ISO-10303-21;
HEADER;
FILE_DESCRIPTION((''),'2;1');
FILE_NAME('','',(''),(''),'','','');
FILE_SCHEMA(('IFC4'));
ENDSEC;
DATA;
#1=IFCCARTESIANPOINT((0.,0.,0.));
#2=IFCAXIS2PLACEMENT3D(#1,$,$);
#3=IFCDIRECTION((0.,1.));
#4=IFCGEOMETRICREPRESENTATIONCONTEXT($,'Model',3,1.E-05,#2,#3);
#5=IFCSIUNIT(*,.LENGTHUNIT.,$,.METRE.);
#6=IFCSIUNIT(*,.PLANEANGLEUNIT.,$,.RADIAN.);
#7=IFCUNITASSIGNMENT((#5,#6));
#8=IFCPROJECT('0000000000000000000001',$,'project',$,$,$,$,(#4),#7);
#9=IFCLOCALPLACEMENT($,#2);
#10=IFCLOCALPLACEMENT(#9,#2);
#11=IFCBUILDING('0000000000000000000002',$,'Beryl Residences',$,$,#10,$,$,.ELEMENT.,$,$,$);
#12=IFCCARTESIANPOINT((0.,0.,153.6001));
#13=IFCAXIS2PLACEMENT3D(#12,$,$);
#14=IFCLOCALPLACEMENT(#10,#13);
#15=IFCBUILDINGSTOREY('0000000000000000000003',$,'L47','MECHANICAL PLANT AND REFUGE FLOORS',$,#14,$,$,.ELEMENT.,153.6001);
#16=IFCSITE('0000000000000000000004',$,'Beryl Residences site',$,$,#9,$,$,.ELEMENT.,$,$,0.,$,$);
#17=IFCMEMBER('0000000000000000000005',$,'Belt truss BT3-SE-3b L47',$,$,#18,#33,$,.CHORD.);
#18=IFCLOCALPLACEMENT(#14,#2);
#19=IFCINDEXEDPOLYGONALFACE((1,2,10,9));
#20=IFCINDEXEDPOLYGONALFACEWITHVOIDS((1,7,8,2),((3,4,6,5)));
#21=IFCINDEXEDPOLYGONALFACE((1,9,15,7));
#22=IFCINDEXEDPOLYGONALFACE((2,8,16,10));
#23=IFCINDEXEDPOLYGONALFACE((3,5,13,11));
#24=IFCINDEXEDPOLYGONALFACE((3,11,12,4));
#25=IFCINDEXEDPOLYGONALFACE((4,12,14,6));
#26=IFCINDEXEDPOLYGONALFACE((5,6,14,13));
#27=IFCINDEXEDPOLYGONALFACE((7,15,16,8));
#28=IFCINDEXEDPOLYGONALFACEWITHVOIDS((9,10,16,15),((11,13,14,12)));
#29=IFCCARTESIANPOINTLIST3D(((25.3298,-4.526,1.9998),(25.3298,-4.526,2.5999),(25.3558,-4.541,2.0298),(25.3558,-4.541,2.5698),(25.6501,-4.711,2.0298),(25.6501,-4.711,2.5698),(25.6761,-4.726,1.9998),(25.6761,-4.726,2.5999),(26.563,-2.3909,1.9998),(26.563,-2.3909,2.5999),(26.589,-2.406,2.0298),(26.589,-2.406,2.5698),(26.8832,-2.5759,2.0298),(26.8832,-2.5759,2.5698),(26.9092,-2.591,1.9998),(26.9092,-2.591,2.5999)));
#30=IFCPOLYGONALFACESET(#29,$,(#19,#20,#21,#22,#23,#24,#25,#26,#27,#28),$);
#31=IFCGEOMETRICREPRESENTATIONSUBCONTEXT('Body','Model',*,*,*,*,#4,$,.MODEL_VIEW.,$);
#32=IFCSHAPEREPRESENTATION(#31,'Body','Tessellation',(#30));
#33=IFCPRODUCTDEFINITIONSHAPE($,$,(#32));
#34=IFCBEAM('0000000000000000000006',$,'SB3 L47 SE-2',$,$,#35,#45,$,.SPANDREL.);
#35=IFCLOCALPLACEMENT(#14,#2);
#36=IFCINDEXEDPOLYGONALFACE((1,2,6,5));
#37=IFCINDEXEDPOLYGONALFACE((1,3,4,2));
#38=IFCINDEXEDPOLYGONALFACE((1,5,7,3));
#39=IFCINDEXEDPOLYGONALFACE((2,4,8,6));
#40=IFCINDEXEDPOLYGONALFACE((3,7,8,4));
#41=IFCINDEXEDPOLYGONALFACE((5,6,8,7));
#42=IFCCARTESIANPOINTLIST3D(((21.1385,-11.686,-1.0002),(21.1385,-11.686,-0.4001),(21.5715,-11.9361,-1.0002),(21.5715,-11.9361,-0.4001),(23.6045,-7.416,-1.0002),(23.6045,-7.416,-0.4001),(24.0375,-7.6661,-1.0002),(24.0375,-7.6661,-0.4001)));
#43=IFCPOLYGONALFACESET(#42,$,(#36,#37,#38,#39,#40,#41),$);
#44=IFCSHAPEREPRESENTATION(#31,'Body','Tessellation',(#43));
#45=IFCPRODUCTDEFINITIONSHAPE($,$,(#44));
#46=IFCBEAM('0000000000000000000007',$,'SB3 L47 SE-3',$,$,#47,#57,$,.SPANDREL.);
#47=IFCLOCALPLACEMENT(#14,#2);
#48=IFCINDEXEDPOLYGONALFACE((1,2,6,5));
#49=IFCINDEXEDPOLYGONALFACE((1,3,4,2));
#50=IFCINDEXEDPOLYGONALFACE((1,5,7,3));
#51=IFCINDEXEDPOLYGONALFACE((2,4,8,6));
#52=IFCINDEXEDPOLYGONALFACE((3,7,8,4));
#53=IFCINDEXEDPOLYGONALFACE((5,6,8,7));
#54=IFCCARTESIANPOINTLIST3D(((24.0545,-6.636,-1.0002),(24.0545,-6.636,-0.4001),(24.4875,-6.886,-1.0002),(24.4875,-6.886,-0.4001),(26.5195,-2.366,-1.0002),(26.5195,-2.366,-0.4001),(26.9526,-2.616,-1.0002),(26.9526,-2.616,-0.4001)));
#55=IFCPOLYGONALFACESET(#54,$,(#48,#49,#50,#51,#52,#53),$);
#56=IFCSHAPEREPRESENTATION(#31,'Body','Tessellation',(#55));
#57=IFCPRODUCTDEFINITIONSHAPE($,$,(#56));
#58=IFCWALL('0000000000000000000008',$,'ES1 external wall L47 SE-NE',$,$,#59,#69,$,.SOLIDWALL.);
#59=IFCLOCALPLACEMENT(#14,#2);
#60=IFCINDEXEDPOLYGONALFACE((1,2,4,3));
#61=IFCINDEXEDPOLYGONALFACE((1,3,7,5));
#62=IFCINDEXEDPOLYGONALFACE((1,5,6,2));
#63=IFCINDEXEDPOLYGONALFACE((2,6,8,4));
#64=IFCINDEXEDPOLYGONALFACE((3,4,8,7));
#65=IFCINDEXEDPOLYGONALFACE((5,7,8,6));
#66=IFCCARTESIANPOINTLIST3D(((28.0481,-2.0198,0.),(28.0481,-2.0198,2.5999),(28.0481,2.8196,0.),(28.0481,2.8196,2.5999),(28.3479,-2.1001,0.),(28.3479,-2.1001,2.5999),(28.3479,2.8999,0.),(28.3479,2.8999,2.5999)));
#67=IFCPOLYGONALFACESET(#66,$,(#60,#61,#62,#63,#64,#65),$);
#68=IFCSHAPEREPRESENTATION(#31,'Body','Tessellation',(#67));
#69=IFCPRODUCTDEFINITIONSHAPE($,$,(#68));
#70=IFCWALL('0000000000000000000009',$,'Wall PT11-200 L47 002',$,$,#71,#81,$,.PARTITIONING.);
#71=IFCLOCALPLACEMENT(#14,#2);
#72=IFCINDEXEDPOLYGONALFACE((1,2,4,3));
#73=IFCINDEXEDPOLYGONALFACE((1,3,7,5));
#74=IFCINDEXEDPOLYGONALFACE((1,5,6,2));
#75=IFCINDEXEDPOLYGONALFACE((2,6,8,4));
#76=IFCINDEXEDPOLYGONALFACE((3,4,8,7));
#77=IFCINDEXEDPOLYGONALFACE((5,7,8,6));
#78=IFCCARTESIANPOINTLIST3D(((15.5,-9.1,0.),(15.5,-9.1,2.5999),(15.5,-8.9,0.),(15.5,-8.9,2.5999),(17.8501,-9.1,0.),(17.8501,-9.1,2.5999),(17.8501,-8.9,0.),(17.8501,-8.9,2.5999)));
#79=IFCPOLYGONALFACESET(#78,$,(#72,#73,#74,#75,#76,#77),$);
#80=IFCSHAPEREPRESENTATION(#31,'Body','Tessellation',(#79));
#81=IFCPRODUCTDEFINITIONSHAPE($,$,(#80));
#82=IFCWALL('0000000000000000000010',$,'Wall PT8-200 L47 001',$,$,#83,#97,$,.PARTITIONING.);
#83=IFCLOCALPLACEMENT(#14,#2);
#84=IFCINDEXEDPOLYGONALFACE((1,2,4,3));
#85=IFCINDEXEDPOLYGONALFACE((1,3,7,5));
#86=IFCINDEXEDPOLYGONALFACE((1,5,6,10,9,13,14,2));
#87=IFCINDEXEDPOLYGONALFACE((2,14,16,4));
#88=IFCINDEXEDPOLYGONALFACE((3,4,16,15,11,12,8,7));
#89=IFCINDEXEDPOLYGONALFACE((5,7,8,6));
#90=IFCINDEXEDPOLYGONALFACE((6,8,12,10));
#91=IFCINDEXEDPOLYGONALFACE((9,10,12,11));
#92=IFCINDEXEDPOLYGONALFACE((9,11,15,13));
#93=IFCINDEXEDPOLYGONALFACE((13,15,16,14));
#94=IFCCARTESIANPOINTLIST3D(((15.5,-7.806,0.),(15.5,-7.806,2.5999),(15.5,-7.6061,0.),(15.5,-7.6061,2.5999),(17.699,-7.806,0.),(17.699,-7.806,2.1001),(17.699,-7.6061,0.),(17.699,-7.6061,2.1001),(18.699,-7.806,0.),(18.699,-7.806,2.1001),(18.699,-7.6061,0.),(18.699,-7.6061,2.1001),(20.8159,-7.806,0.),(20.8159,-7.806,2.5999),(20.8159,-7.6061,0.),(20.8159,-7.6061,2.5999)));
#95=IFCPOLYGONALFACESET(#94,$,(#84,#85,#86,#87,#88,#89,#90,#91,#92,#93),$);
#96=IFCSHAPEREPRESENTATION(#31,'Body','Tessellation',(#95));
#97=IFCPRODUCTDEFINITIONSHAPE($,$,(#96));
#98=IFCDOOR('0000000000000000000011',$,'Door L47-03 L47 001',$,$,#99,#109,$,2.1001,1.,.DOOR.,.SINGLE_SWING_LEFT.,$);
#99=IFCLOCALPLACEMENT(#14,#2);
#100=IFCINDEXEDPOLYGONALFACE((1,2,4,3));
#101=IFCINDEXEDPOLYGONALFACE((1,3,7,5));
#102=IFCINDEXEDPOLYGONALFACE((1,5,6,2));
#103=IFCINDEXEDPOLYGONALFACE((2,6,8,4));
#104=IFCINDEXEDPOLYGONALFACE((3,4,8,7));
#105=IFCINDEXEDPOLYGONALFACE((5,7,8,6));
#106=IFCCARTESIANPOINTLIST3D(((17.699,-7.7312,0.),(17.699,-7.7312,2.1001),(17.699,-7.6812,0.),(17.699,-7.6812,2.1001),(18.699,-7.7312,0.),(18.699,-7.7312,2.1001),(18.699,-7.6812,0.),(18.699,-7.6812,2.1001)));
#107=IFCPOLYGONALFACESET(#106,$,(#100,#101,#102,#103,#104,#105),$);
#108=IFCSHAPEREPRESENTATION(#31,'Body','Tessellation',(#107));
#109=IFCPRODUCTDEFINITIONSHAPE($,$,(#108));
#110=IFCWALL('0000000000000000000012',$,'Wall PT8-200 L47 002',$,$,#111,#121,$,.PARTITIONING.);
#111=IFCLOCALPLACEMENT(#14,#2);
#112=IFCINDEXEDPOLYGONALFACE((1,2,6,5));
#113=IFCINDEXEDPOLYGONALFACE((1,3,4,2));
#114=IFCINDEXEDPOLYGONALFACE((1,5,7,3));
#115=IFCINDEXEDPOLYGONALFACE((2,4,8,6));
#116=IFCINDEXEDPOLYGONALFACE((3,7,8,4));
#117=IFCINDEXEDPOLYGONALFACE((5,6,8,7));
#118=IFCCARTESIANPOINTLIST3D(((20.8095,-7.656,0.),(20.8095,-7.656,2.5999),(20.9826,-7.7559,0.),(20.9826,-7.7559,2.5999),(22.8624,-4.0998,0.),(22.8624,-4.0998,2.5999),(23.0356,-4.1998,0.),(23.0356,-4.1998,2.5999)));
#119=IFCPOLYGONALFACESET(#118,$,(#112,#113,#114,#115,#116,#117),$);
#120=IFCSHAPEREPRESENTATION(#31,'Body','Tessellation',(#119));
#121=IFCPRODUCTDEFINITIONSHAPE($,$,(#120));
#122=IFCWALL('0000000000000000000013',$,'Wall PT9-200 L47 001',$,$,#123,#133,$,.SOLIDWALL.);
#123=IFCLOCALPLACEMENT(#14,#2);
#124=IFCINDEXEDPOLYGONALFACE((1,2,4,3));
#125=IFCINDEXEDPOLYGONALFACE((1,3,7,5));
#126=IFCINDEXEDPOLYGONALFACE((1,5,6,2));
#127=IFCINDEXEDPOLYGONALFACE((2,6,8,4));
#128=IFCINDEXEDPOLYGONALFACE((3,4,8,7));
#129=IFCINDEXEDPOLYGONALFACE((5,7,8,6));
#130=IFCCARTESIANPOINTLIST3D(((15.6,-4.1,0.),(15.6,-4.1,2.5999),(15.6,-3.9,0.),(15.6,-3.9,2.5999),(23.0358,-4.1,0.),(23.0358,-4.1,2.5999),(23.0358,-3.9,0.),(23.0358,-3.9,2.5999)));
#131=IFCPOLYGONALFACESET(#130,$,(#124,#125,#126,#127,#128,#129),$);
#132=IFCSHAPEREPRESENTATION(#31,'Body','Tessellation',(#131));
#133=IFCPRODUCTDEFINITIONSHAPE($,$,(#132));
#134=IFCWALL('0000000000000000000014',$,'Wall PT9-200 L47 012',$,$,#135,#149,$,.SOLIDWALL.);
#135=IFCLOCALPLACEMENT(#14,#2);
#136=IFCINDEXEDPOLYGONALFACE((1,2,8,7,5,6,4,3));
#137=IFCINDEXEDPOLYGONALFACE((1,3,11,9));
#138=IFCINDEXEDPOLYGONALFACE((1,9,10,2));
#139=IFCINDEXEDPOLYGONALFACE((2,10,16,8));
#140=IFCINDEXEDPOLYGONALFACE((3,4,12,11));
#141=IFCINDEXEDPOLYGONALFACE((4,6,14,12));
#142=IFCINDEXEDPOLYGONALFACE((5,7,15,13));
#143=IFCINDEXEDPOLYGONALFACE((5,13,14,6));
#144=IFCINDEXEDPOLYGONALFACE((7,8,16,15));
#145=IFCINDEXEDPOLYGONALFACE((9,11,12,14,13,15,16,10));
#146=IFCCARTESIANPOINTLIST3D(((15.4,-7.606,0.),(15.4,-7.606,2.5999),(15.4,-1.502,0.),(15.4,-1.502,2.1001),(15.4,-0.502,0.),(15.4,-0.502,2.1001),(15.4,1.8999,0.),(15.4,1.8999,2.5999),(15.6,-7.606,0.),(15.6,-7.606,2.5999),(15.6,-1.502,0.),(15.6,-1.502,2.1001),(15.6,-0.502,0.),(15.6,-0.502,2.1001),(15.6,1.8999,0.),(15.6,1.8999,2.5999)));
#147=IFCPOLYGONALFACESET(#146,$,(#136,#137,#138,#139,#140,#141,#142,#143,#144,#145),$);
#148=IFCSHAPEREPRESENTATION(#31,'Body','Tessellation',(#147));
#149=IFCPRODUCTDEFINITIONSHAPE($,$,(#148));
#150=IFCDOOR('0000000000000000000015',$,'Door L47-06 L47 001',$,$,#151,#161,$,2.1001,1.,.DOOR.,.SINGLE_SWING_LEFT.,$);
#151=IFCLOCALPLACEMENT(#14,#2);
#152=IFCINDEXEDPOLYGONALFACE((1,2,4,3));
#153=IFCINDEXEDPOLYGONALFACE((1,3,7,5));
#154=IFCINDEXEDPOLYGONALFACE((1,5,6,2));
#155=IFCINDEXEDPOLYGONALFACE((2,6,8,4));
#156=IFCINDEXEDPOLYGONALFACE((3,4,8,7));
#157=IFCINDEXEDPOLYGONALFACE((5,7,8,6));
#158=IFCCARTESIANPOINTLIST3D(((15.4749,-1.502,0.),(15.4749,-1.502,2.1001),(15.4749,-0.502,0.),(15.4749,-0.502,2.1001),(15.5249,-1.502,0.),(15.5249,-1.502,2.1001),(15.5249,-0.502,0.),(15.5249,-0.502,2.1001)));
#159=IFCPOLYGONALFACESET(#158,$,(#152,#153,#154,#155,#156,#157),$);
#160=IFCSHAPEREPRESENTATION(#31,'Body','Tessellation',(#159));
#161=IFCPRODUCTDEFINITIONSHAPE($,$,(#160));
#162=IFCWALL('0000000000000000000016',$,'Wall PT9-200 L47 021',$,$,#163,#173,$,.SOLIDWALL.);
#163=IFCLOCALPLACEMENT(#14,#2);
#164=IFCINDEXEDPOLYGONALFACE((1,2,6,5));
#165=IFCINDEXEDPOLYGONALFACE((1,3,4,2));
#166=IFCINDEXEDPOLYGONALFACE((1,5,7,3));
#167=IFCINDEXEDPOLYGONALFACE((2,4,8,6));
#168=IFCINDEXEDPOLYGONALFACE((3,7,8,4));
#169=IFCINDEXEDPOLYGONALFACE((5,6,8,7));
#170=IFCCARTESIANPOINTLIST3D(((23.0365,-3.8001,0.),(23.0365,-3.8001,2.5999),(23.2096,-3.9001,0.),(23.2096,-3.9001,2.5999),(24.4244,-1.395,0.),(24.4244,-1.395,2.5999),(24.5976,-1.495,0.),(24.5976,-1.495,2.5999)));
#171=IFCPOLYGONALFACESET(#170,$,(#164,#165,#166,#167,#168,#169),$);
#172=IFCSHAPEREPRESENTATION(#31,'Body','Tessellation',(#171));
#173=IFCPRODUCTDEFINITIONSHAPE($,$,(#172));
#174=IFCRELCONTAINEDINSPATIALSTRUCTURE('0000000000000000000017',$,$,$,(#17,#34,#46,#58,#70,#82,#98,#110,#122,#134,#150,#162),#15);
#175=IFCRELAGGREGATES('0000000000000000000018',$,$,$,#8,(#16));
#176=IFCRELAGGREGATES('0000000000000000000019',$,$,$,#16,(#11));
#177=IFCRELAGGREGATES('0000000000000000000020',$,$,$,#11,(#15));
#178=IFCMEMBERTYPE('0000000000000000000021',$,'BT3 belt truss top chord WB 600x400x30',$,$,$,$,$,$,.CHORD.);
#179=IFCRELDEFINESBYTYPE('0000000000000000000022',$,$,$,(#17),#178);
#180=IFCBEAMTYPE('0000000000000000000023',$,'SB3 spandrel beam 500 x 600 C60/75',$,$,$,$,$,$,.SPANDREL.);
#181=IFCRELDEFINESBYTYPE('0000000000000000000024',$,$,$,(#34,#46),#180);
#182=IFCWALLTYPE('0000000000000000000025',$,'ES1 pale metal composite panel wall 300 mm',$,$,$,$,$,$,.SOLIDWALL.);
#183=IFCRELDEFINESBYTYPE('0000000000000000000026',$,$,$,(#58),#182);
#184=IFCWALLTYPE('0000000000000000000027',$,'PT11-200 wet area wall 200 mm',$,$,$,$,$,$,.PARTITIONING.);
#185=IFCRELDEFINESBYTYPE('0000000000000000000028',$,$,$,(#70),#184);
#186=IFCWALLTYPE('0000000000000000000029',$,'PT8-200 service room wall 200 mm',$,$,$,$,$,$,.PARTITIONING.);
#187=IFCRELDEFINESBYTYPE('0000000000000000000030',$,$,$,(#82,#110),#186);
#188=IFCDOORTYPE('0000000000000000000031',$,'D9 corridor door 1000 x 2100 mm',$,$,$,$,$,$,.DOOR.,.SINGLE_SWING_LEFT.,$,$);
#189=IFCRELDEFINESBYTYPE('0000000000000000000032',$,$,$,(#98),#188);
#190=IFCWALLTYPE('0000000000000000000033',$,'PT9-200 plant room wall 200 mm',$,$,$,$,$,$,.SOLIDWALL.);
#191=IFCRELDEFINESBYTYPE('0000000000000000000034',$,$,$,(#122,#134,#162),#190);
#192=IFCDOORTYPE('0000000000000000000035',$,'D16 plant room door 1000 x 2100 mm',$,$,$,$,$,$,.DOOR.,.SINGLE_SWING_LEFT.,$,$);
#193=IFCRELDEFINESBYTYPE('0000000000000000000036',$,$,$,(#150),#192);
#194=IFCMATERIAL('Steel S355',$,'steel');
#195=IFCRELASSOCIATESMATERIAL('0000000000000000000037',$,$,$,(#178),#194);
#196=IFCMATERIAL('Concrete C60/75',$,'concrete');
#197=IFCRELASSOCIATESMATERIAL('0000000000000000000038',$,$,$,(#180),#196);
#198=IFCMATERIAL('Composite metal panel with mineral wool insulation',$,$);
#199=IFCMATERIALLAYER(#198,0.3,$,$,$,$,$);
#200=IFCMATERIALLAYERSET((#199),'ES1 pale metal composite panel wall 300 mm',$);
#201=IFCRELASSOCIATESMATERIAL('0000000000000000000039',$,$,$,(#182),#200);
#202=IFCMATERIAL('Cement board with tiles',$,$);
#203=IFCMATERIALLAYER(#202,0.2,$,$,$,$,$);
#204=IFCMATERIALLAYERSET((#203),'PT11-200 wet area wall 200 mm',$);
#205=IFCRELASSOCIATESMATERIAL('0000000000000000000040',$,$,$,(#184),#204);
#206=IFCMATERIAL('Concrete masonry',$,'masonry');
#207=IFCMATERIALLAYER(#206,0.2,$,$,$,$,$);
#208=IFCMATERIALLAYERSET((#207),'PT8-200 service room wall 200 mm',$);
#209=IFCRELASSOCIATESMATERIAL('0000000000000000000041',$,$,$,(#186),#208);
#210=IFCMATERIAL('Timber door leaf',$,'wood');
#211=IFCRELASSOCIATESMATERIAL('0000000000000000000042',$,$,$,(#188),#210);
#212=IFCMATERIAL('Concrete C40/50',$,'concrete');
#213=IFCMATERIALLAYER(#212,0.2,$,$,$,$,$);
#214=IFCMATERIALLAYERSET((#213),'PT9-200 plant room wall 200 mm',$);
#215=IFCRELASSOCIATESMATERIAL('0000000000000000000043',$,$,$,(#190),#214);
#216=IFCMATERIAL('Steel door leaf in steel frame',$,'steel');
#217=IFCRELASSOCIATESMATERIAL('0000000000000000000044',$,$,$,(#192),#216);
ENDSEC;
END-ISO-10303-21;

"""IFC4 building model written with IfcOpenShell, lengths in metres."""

from ifc_helpers import new_model, si_unit, direction, frame, frame_2d, origin, origin_2d, place, context, subcontext, project, spatial, polyline, rectangle, hollow_rectangle, outline, extrude, material, layer, layer_set, material_profile, profile_set, type_object, element, fill, save


model = new_model("IFC4")

# Units and contexts
model_context = context("Model", 3, precision=1e-05, world=origin(), true_north=direction((0.0, 1.0)))
body_context = subcontext(model_context, "Body", "Model", "MODEL_VIEW")
ifc_project = project(units=[si_unit("LENGTHUNIT", "METRE"), si_unit("PLANEANGLEUNIT", "RADIAN")], contexts=[model_context])

# Site, building, storey
site_placement = place(None, origin())
site = spatial("IfcSite", under=ifc_project, at=site_placement, Name="Beryl Residences site", CompositionType="ELEMENT", RefElevation=0.0)
building_placement = place(site_placement, origin())
building = spatial("IfcBuilding", under=site, at=building_placement, Name="Beryl Residences", CompositionType="ELEMENT")
storey_placement = place(building_placement, frame((0.0, 0.0, 153.6001)))
storey = spatial("IfcBuildingStorey", under=building, at=storey_placement, Name="L47", Description="MECHANICAL PLANT AND REFUGE FLOORS", CompositionType="ELEMENT", Elevation=153.6001)

# Member
ifc_material_1 = material(Name="Steel S355", Category="steel")
ifc_material_profile_1 = material_profile(ifc_material_1, hollow_rectangle(XDim=0.3999, YDim=0.6001, WallThickness=0.03, at=origin_2d()))
ifc_profile_set_1 = profile_set([ifc_material_profile_1], Name="Steel S355")
member_type_1 = type_object("IfcMemberType", Name="BT3 belt truss top chord WB 600x400x30", PredefinedType="CHORD", material=ifc_profile_set_1)
member_1_placement = place(storey_placement, frame((25.5029, -4.626, 2.2998), z_axis=(0.500154, 0.865937, 0.0), x_axis=(-0.865937, 0.500154, 0.0)))
element("IfcMember", 1, at=member_1_placement, inside=storey, type_object=member_type_1, Name="Belt truss BT3-SE-3b L47", PredefinedType="CHORD", context=body_context, shape_type="SweptSolid", body=[
    extrude(hollow_rectangle(XDim=0.3999, YDim=0.6001, WallThickness=0.03, at=origin_2d()), origin(), (0.0, 0.0, 1.0), 2.4656),
])

# Beams
ifc_material_2 = material(Name="Concrete C60/75", Category="concrete")
ifc_material_profile_2 = material_profile(ifc_material_2, rectangle(XDim=0.5, YDim=0.6001, at=origin_2d()))
ifc_profile_set_2 = profile_set([ifc_material_profile_2], Name="Concrete C60/75")
beam_type = type_object("IfcBeamType", Name="SB3 spandrel beam 500 x 600 C60/75", PredefinedType="SPANDREL", material=ifc_profile_set_2)
beam_1_placement = place(storey_placement, frame((21.355, -11.811, -0.7002), z_axis=(0.500117, 0.865958, 0.0), x_axis=(-0.865958, 0.500117, 0.0)))
element("IfcBeam", 2, at=beam_1_placement, inside=storey, type_object=beam_type, Name="SB3 L47 SE-2", PredefinedType="SPANDREL", context=body_context, shape_type="SweptSolid", body=[
    extrude(rectangle(XDim=0.5, YDim=0.6001, at=origin_2d()), origin(), (0.0, 0.0, 1.0), 4.9309),
])
beam_2_placement = place(storey_placement, frame((24.271, -6.761, -0.7002), z_axis=(0.499968, 0.866044, 0.0), x_axis=(-0.866044, 0.499968, 0.0)))
element("IfcBeam", 3, at=beam_2_placement, inside=storey, type_object=beam_type, Name="SB3 L47 SE-3", PredefinedType="SPANDREL", context=body_context, shape_type="SweptSolid", body=[
    extrude(rectangle(XDim=0.5, YDim=0.6001, at=origin_2d()), origin(), (0.0, 0.0, 1.0), 4.9304),
])

# Walls
ifc_material_3 = material(Name="Composite metal panel with mineral wool insulation")
ifc_layer_1 = layer(ifc_material_3, 0.3)
ifc_layer_set_1 = layer_set([ifc_layer_1], Name="ES1 pale metal composite panel wall 300 mm")
wall_type_1 = type_object("IfcWallType", Name="ES1 pale metal composite panel wall 300 mm", PredefinedType="SOLIDWALL", material=ifc_layer_set_1)
wall_1_placement = place(storey_placement, frame((28.198, -2.1001, 0.0), z_axis=(0.0, 0.0, 1.0), x_axis=(0.0, 1.0, 0.0)))
element("IfcWall", 4, at=wall_1_placement, inside=storey, type_object=wall_type_1, Name="ES1 external wall L47 SE-NE", PredefinedType="SOLIDWALL", context=body_context, shape_type="SweptSolid", body=[
    extrude(outline(polyline([(0.0, -0.1499), (5.0, -0.1499), (4.9197, 0.1499), (0.0803, 0.1499), (0.0, -0.1499)])), origin(), (0.0, 0.0, 1.0), 2.5999),
])
ifc_material_4 = material(Name="Cement board with tiles")
ifc_layer_2 = layer(ifc_material_4, 0.2)
ifc_layer_set_2 = layer_set([ifc_layer_2], Name="PT11-200 wet area wall 200 mm")
wall_type_2 = type_object("IfcWallType", Name="PT11-200 wet area wall 200 mm", PredefinedType="PARTITIONING", material=ifc_layer_set_2)
wall_2_placement = place(storey_placement, frame((15.5, -9.0, 0.0), z_axis=(0.0, 0.0, 1.0), x_axis=(1.0, 0.0, 0.0)))
element("IfcWall", 5, at=wall_2_placement, inside=storey, type_object=wall_type_2, Name="Wall PT11-200 L47 002", PredefinedType="PARTITIONING", context=body_context, shape_type="SweptSolid", body=[
    extrude(rectangle(XDim=2.3501, YDim=0.2, at=frame_2d((1.175, 0.0))), origin(), (0.0, 0.0, 1.0), 2.5999),
])

# Wall, opening, door
ifc_material_5 = material(Name="Concrete masonry", Category="masonry")
ifc_layer_3 = layer(ifc_material_5, 0.2)
ifc_layer_set_3 = layer_set([ifc_layer_3], Name="PT8-200 service room wall 200 mm")
wall_type_3 = type_object("IfcWallType", Name="PT8-200 service room wall 200 mm", PredefinedType="PARTITIONING", material=ifc_layer_set_3)
wall_3_placement = place(storey_placement, frame((15.5, -7.7061, 0.0), z_axis=(0.0, 0.0, 1.0), x_axis=(1.0, 0.0, 0.0)))
wall_3 = element("IfcWall", 6, at=wall_3_placement, inside=storey, type_object=wall_type_3, Name="Wall PT8-200 L47 001", PredefinedType="PARTITIONING", context=body_context, shape_type="SweptSolid", body=[
    extrude(rectangle(XDim=5.3159, YDim=0.2, at=frame_2d((2.658, 0.0))), origin(), (0.0, 0.0, 1.0), 2.5999),
])
opening_1_placement = place(wall_3_placement, frame((2.199, 0.0, 0.0)))
opening_1 = element("IfcOpeningElement", 7, at=opening_1_placement, cuts=wall_3, PredefinedType="OPENING", context=body_context, shape_type="SweptSolid", body=[
    extrude(rectangle(XDim=1.0, YDim=2.1001, at=frame_2d((0.5, 1.05))), frame((0.0, 0.1099, 0.0), z_axis=(0.0, -1.0, 0.0), x_axis=(1.0, 0.0, 0.0)), (0.0, 0.0, 1.0), 0.22),
])
ifc_material_6 = material(Name="Timber door leaf", Category="wood")
door_type_1 = type_object("IfcDoorType", Name="D9 corridor door 1000 x 2100 mm", OperationType="SINGLE_SWING_LEFT", PredefinedType="DOOR", material=ifc_material_6)
door_1_placement = place(opening_1_placement, origin())
door_1 = element("IfcDoor", 8, at=door_1_placement, inside=storey, type_object=door_type_1, Name="Door L47-03 L47 001", OperationType="SINGLE_SWING_LEFT", OverallHeight=2.1001, OverallWidth=1.0, PredefinedType="DOOR", context=body_context, shape_type="SweptSolid", body=[
    extrude(rectangle(XDim=1.0, YDim=2.1001, at=frame_2d((0.5, 1.05))), frame((0.0, 0.0249, 0.0), z_axis=(0.0, -1.0, 0.0), x_axis=(1.0, 0.0, 0.0)), (0.0, 0.0, 1.0), 0.05),
])
fill(opening_1, door_1)

# Walls
wall_4_placement = place(storey_placement, frame((20.896, -7.7061, 0.0), z_axis=(0.0, 0.0, 1.0), x_axis=(0.499969, 0.866043, 0.0)))
element("IfcWall", 9, at=wall_4_placement, inside=storey, type_object=wall_type_3, Name="Wall PT8-200 L47 002", PredefinedType="PARTITIONING", context=body_context, shape_type="SweptSolid", body=[
    extrude(rectangle(XDim=4.1062, YDim=0.2, at=frame_2d((2.0532, 0.0))), origin(), (0.0, 0.0, 1.0), 2.5999),
])
ifc_material_7 = material(Name="Concrete C40/50", Category="concrete")
ifc_layer_4 = layer(ifc_material_7, 0.2)
ifc_layer_set_4 = layer_set([ifc_layer_4], Name="PT9-200 plant room wall 200 mm")
wall_type_4 = type_object("IfcWallType", Name="PT9-200 plant room wall 200 mm", PredefinedType="SOLIDWALL", material=ifc_layer_set_4)
wall_5_placement = place(storey_placement, frame((15.6001, -4.0, 0.0), z_axis=(0.0, 0.0, 1.0), x_axis=(1.0, 0.0, 0.0)))
element("IfcWall", 10, at=wall_5_placement, inside=storey, type_object=wall_type_4, Name="Wall PT9-200 L47 001", PredefinedType="SOLIDWALL", context=body_context, shape_type="SweptSolid", body=[
    extrude(rectangle(XDim=7.4358, YDim=0.2, at=frame_2d((3.7178, 0.0))), origin(), (0.0, 0.0, 1.0), 2.5999),
])

# Wall, opening, door
wall_6_placement = place(storey_placement, frame((15.5, -7.606, 0.0), z_axis=(0.0, 0.0, 1.0), x_axis=(0.0, 1.0, 0.0)))
wall_6 = element("IfcWall", 11, at=wall_6_placement, inside=storey, type_object=wall_type_4, Name="Wall PT9-200 L47 012", PredefinedType="SOLIDWALL", context=body_context, shape_type="SweptSolid", body=[
    extrude(rectangle(XDim=9.5059, YDim=0.2, at=frame_2d((4.7529, 0.0))), origin(), (0.0, 0.0, 1.0), 2.5999),
])
opening_2_placement = place(wall_6_placement, frame((7.104, 0.0, 0.0), z_axis=(0.0, 0.0, 1.0), x_axis=(-1.0, 0.0, 0.0)))
opening_2 = element("IfcOpeningElement", 12, at=opening_2_placement, cuts=wall_6, PredefinedType="OPENING", context=body_context, shape_type="SweptSolid", body=[
    extrude(rectangle(XDim=1.0, YDim=2.1001, at=frame_2d((0.5, 1.05))), frame((0.0, 0.1099, 0.0), z_axis=(0.0, -1.0, 0.0), x_axis=(1.0, 0.0, 0.0)), (0.0, 0.0, 1.0), 0.22),
])
ifc_material_8 = material(Name="Steel door leaf in steel frame", Category="steel")
door_type_2 = type_object("IfcDoorType", Name="D16 plant room door 1000 x 2100 mm", OperationType="SINGLE_SWING_LEFT", PredefinedType="DOOR", material=ifc_material_8)
door_2_placement = place(opening_2_placement, origin())
door_2 = element("IfcDoor", 13, at=door_2_placement, inside=storey, type_object=door_type_2, Name="Door L47-06 L47 001", OperationType="SINGLE_SWING_LEFT", OverallHeight=2.1001, OverallWidth=1.0, PredefinedType="DOOR", context=body_context, shape_type="SweptSolid", body=[
    extrude(rectangle(XDim=1.0, YDim=2.1001, at=frame_2d((0.5, 1.05))), frame((0.0, 0.0249, 0.0), z_axis=(0.0, -1.0, 0.0), x_axis=(1.0, 0.0, 0.0)), (0.0, 0.0, 1.0), 0.05),
])
fill(opening_2, door_2)

# Wall
wall_7_placement = place(storey_placement, frame((23.123, -3.8501, 0.0), z_axis=(0.0, 0.0, 1.0), x_axis=(0.499837, 0.86612, 0.0)))
element("IfcWall", 14, at=wall_7_placement, inside=storey, type_object=wall_type_4, Name="Wall PT9-200 L47 021", PredefinedType="SOLIDWALL", context=body_context, shape_type="SweptSolid", body=[
    extrude(rectangle(XDim=2.7769, YDim=0.2, at=frame_2d((1.3884, 0.0))), origin(), (0.0, 0.0, 1.0), 2.5999),
])

save(model, "model.ifc")
